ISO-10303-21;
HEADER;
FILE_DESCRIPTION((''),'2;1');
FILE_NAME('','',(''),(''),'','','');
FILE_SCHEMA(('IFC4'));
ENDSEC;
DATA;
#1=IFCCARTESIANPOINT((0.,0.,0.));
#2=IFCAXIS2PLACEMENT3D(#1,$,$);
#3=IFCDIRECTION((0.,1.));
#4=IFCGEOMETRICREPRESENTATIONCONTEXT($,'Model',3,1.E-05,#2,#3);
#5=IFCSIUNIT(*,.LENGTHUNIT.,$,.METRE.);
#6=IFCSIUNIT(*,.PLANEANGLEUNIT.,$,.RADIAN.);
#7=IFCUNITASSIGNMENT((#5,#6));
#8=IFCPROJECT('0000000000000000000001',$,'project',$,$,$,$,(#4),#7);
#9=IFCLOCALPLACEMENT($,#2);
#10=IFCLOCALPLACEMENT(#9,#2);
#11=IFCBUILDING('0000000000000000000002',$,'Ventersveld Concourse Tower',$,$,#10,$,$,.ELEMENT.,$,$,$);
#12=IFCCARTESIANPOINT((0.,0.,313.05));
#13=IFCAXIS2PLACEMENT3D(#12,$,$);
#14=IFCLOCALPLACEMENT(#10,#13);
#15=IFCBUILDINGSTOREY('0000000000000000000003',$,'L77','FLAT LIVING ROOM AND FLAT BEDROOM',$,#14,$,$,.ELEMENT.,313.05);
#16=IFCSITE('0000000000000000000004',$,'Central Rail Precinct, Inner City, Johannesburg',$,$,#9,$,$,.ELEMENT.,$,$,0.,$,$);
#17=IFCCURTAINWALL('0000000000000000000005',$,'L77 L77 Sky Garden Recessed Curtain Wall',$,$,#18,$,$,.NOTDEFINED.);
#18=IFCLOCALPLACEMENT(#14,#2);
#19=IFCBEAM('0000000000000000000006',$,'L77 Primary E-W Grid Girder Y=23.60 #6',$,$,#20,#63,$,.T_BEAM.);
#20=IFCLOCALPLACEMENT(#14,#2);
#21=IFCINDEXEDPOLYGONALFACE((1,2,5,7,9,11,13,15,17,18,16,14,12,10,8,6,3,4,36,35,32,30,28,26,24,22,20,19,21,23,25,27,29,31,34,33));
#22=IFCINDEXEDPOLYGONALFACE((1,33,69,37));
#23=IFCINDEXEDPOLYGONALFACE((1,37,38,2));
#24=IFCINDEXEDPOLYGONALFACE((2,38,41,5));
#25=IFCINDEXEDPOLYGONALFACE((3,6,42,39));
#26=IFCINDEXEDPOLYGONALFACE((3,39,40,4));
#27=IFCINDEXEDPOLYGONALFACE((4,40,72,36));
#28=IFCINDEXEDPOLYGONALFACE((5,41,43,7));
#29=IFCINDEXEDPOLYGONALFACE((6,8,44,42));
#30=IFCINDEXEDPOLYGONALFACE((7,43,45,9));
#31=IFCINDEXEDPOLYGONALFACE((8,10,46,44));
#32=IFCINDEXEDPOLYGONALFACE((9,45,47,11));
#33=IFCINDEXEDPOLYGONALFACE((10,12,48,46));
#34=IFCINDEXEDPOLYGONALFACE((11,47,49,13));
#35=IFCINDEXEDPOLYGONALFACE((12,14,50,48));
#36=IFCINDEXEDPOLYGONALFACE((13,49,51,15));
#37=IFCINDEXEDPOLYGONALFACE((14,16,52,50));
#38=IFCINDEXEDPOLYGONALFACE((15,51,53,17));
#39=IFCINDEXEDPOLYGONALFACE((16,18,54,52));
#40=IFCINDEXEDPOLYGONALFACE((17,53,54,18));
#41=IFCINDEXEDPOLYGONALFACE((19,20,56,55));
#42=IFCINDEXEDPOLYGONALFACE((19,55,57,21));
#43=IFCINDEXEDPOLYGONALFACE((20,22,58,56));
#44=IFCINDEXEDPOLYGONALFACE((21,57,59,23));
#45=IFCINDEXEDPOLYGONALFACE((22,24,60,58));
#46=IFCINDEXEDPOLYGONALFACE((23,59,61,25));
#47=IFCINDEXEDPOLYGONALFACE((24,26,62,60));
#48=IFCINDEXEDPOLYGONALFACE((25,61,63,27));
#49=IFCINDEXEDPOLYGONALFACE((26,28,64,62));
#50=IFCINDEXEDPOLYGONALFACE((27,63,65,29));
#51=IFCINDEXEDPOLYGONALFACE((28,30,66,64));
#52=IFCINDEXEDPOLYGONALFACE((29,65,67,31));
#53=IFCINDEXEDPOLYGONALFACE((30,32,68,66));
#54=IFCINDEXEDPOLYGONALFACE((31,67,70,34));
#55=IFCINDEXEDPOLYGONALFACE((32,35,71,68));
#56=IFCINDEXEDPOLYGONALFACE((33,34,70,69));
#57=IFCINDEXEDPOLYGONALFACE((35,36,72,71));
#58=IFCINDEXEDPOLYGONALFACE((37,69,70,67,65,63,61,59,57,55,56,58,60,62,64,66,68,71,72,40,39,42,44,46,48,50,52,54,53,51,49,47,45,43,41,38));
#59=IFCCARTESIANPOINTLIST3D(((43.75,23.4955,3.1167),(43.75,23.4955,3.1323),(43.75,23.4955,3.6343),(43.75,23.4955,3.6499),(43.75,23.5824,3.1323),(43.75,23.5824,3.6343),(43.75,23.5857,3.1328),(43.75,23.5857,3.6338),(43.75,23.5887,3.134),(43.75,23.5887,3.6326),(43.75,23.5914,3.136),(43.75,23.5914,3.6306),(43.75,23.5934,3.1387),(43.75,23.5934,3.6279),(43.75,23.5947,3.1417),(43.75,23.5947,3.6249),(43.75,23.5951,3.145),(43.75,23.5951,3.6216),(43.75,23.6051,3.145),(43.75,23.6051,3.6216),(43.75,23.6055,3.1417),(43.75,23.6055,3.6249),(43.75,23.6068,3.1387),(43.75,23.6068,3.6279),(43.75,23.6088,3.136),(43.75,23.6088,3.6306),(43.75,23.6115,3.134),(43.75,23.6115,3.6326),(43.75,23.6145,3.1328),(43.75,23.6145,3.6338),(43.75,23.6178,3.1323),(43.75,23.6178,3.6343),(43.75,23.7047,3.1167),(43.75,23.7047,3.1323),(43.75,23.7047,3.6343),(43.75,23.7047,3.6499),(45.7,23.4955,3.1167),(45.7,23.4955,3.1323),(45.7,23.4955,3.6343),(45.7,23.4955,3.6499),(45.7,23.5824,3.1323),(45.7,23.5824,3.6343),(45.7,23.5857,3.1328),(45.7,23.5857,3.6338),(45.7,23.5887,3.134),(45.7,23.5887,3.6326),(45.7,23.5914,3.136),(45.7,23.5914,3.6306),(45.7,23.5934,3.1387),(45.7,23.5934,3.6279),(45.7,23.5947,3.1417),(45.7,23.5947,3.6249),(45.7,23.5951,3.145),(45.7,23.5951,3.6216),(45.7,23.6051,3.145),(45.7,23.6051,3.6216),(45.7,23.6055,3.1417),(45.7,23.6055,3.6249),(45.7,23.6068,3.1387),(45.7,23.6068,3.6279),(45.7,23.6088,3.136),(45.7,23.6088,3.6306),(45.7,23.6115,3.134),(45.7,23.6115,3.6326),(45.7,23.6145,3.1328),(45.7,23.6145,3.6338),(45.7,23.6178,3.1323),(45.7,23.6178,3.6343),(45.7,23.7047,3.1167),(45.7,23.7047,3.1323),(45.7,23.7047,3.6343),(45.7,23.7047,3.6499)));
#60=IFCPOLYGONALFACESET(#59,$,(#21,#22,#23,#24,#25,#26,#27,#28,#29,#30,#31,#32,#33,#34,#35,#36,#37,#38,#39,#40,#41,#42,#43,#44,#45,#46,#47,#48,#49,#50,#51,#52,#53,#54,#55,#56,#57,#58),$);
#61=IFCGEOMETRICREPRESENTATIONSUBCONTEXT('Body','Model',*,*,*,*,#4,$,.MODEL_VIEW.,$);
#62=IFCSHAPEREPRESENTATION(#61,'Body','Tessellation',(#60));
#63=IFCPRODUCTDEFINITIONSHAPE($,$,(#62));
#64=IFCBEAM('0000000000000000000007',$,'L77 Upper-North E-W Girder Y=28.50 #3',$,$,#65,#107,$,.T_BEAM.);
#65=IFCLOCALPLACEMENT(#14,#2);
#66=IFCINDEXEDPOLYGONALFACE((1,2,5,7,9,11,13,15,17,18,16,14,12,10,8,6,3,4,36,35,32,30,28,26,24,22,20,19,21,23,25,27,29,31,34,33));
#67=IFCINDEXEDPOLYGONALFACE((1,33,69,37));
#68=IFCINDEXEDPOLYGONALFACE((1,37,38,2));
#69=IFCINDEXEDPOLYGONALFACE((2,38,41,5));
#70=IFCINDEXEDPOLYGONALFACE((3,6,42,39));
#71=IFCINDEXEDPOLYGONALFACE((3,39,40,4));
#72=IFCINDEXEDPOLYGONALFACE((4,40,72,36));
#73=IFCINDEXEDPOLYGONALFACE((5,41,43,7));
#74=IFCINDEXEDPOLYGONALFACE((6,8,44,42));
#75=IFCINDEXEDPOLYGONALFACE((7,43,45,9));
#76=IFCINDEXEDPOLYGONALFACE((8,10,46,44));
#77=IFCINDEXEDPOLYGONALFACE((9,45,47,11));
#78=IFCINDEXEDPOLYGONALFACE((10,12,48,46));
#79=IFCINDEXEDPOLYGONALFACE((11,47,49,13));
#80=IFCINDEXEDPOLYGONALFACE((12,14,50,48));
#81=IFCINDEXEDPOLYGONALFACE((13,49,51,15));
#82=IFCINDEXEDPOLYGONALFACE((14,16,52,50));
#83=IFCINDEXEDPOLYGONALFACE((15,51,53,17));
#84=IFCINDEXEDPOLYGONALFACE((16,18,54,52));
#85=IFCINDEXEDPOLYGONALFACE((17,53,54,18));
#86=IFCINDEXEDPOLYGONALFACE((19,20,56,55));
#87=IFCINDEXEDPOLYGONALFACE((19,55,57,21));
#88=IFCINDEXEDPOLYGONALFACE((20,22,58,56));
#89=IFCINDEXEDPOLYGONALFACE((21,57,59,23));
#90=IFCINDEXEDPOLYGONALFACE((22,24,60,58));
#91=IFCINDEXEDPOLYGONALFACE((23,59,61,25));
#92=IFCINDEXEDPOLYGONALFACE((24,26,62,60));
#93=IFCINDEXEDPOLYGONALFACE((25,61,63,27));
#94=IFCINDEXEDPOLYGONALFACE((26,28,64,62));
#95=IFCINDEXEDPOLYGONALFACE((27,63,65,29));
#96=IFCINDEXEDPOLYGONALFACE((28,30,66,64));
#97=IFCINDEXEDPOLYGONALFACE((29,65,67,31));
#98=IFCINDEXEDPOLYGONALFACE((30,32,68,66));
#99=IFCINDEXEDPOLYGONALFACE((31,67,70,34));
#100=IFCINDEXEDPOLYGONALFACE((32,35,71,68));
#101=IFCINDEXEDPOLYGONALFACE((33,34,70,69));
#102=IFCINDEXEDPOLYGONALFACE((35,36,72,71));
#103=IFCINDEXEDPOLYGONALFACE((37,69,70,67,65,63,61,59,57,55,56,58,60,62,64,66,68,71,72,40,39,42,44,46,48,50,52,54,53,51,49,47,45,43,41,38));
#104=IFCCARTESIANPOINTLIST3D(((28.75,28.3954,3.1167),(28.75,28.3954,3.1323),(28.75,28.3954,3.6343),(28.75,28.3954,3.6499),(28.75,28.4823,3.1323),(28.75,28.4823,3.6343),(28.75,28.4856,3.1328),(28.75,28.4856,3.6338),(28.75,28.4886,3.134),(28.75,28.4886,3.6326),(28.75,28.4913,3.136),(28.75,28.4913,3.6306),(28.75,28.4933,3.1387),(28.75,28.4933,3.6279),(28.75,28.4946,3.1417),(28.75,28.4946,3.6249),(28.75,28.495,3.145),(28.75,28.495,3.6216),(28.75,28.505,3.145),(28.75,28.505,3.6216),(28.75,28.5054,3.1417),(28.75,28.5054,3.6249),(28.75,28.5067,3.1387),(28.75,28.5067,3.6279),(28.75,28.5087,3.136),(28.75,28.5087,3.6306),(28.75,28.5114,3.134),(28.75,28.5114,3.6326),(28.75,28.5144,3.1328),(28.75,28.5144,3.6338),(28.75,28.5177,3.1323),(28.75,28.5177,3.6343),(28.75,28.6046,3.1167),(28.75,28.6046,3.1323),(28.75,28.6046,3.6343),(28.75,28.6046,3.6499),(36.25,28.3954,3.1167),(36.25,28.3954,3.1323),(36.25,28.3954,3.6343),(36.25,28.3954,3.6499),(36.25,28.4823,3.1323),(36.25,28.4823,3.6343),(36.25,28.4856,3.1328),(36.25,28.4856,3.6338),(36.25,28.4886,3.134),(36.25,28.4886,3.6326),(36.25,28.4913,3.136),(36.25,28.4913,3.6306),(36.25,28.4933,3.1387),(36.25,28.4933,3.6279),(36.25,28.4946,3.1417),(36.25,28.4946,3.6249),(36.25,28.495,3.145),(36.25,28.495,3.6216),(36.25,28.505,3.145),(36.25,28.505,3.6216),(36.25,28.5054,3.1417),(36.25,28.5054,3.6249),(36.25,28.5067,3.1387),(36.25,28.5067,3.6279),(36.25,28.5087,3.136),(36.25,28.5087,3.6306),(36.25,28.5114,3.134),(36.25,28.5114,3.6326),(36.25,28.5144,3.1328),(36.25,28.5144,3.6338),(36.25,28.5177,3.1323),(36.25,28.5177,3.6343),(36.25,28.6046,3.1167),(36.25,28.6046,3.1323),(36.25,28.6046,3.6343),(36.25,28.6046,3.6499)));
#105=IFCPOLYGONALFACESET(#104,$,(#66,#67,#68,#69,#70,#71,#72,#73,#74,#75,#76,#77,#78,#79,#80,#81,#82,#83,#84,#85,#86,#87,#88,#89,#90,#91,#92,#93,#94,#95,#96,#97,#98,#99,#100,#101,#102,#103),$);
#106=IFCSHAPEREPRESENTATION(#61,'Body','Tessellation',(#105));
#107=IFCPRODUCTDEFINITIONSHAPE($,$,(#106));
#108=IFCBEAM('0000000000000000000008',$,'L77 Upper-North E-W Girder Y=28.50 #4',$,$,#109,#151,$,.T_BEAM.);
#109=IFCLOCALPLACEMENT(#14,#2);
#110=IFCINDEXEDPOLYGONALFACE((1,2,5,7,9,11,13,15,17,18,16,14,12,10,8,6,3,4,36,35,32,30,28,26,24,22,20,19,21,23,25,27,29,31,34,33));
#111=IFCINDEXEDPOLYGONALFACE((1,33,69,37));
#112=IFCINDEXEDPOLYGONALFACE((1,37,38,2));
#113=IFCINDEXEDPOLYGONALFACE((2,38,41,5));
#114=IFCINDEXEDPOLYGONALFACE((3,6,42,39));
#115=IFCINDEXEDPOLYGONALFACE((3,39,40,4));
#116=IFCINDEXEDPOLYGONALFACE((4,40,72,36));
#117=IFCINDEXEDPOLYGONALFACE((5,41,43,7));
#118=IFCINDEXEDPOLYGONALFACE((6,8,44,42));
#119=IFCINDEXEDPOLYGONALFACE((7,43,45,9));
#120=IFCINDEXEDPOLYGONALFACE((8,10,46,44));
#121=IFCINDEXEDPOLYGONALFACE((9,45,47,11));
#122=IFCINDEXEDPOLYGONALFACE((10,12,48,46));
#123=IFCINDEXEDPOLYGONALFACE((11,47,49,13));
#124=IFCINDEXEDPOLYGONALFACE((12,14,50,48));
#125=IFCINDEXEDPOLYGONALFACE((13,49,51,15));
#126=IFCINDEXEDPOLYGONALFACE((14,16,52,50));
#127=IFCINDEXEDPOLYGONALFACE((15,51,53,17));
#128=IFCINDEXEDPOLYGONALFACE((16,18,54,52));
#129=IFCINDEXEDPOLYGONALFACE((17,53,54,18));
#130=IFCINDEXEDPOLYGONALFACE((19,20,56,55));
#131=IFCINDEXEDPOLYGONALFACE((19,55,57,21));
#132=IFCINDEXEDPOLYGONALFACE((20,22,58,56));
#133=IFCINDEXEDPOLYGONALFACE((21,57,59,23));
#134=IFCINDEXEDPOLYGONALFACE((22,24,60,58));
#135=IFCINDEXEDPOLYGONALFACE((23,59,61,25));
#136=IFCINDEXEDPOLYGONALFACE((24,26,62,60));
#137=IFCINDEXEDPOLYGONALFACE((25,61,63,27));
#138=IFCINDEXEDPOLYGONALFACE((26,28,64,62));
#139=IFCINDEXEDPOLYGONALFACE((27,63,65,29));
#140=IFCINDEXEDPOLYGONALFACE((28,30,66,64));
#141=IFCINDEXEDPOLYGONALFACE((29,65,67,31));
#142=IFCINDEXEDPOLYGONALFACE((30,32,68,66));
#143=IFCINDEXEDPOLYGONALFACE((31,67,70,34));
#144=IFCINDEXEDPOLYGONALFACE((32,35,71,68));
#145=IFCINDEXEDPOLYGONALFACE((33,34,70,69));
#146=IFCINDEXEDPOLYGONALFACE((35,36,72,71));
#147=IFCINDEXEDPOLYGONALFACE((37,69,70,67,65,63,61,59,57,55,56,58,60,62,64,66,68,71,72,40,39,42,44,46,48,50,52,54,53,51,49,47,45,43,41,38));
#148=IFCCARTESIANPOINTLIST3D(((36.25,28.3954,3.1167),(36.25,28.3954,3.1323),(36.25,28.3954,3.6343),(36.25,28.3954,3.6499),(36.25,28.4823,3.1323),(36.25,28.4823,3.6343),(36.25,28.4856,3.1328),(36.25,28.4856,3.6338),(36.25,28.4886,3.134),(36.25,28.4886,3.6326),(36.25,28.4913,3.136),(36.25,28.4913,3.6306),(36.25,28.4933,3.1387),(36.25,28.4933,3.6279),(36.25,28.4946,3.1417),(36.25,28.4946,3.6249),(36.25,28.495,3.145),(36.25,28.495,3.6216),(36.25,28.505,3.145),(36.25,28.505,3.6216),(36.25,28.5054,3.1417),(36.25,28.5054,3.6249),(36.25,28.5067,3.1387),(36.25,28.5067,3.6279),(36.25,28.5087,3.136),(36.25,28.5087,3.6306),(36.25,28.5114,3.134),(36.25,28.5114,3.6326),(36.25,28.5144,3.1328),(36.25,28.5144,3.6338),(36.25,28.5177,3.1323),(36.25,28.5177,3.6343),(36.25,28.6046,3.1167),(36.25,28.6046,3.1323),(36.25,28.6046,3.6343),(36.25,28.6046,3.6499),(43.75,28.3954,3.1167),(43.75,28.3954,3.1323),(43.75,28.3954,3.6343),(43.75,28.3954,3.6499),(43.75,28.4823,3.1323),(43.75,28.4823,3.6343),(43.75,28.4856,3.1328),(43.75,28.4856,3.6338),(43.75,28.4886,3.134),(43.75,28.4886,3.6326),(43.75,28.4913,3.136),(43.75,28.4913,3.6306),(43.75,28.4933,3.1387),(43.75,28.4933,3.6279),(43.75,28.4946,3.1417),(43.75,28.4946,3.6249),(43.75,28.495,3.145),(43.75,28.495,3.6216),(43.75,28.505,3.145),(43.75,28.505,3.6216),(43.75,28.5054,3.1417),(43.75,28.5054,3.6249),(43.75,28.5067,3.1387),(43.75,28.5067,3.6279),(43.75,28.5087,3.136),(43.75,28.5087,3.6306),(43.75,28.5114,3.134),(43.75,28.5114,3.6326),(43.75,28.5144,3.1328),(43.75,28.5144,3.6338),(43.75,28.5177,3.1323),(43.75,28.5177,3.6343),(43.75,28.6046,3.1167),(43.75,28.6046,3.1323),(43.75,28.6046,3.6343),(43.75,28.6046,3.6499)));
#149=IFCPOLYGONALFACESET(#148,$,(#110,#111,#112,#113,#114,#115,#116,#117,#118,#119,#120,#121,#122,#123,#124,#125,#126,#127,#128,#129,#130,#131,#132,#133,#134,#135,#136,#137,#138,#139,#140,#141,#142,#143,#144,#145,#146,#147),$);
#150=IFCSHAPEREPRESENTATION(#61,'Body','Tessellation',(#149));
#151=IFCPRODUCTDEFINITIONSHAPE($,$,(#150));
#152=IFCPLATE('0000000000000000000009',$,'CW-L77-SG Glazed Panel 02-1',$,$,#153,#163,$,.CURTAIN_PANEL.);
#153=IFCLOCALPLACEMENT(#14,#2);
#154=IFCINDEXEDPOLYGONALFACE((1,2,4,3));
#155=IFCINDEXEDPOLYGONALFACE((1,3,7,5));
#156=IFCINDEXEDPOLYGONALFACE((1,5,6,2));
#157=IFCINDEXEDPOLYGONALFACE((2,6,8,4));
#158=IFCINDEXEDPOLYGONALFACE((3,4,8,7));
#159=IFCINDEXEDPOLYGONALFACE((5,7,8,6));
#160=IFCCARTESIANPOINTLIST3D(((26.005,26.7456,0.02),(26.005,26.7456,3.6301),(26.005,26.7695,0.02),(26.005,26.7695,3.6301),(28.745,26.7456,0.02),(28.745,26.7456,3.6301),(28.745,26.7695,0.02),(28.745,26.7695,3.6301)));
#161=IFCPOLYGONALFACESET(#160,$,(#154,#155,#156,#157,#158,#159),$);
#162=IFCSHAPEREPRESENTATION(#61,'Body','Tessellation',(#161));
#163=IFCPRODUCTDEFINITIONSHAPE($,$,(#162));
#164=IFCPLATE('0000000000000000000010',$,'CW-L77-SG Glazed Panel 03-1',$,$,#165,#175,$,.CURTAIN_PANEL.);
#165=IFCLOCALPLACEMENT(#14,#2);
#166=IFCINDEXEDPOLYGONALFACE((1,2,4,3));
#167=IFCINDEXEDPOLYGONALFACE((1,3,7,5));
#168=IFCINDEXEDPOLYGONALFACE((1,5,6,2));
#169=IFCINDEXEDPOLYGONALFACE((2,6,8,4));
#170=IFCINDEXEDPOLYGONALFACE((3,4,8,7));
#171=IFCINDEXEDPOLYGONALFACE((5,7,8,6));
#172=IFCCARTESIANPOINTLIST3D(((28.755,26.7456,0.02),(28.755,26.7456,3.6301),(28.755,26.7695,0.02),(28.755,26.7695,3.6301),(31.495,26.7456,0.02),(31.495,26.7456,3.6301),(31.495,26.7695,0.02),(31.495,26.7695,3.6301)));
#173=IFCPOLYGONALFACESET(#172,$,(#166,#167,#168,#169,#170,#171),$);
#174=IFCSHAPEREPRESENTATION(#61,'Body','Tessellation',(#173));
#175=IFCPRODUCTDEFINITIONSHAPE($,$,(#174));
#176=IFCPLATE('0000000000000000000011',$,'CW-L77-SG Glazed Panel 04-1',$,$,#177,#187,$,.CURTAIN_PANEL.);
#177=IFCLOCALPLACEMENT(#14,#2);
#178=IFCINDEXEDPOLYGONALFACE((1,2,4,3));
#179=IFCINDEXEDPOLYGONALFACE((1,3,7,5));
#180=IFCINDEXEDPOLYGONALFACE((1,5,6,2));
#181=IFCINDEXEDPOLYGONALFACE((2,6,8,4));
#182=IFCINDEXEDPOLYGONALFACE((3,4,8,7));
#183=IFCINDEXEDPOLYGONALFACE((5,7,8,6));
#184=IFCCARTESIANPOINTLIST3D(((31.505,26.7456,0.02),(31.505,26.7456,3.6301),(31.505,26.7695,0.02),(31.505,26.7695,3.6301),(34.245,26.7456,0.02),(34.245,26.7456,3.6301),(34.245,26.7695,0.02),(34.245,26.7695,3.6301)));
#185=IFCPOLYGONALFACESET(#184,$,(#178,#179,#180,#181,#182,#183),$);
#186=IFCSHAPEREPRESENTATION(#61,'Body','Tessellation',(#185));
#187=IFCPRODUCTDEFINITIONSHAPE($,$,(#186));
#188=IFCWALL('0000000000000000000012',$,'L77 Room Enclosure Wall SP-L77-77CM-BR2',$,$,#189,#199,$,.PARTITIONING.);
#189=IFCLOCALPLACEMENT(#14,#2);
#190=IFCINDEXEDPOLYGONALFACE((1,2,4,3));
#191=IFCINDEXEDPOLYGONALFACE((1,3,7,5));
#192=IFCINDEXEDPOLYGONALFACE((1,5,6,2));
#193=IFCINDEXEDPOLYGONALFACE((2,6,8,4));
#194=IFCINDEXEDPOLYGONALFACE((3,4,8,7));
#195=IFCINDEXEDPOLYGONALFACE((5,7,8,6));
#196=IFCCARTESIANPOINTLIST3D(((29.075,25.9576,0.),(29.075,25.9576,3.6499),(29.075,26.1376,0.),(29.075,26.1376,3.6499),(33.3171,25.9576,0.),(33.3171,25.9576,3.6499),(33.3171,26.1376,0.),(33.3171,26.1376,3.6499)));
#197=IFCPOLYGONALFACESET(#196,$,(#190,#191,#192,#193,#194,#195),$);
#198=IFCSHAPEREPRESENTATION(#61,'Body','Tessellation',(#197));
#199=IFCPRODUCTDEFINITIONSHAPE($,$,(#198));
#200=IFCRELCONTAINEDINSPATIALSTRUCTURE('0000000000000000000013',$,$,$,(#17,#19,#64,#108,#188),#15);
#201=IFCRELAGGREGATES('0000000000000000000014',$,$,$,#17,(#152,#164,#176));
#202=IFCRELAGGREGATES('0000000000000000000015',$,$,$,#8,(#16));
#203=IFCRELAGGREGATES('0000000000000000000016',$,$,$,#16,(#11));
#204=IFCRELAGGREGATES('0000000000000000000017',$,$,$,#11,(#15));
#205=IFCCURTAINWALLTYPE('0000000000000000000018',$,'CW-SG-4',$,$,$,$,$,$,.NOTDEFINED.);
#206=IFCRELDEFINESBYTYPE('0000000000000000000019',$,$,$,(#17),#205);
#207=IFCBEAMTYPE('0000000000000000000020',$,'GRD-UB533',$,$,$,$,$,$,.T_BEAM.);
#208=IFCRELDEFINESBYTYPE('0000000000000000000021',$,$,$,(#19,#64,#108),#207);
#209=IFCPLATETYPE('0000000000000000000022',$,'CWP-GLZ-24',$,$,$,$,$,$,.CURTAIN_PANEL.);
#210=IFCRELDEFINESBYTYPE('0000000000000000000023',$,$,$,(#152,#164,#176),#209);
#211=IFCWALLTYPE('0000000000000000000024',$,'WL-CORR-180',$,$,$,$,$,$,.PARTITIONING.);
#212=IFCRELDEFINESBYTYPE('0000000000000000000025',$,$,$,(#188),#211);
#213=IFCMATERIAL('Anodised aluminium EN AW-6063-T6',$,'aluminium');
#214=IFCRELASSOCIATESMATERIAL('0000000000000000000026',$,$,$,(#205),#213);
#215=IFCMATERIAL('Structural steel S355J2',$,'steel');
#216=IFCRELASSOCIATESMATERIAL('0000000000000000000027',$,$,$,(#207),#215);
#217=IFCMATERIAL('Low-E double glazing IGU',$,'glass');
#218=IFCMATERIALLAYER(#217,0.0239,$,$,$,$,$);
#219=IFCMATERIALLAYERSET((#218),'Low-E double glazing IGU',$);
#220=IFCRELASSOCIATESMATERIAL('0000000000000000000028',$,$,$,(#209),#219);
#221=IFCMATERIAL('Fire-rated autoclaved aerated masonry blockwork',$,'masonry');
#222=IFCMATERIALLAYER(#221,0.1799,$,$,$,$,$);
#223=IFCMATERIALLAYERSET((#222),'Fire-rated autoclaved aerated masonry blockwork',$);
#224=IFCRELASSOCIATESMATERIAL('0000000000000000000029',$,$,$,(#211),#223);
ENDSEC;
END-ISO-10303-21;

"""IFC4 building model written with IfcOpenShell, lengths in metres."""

from ifc_helpers import new_model, si_unit, direction, frame, frame_2d, origin, origin_2d, place, context, subcontext, project, spatial, rectangle, i_section, extrude, material, layer, layer_set, material_profile, profile_set, type_object, element, aggregate, save


model = new_model("IFC4")

# Units and contexts
model_context = context("Model", 3, precision=1e-05, world=origin(), true_north=direction((0.0, 1.0)))
body_context = subcontext(model_context, "Body", "Model", "MODEL_VIEW")
ifc_project = project(units=[si_unit("LENGTHUNIT", "METRE"), si_unit("PLANEANGLEUNIT", "RADIAN")], contexts=[model_context])

# Site, building, storey
site_placement = place(None, origin())
site = spatial("IfcSite", under=ifc_project, at=site_placement, Name="Central Rail Precinct, Inner City, Johannesburg", CompositionType="ELEMENT", RefElevation=0.0)
building_placement = place(site_placement, origin())
building = spatial("IfcBuilding", under=site, at=building_placement, Name="Ventersveld Concourse Tower", CompositionType="ELEMENT")
storey_placement = place(building_placement, frame((0.0, 0.0, 313.05)))
storey = spatial("IfcBuildingStorey", under=building, at=storey_placement, Name="L77", Description="FLAT LIVING ROOM AND FLAT BEDROOM", CompositionType="ELEMENT", Elevation=313.05)

# Shared definitions
ifc_material_1 = material(Name="Structural steel S355J2", Category="steel")

# Curtain wall
ifc_material_2 = material(Name="Anodised aluminium EN AW-6063-T6", Category="aluminium")
curtain_wall_type = type_object("IfcCurtainWallType", Name="CW-SG-4", PredefinedType="NOTDEFINED", material=ifc_material_2)
curtain_wall_placement = place(storey_placement, origin())
curtain_wall = element("IfcCurtainWall", 1, at=curtain_wall_placement, inside=storey, type_object=curtain_wall_type, Name="L77 L77 Sky Garden Recessed Curtain Wall", PredefinedType="NOTDEFINED")

# Beams
ifc_material_profile_1 = material_profile(ifc_material_1, i_section(OverallWidth=0.2092, OverallDepth=0.5332, WebThickness=0.01, FlangeThickness=0.0156, FilletRadius=0.0127, at=origin_2d()), Name="UB 533x210x92")
ifc_profile_set_1 = profile_set([ifc_material_profile_1], Name="Structural steel S355J2")
beam_type_1 = type_object("IfcBeamType", Name="GRD-UB533", PredefinedType="T_BEAM", material=ifc_profile_set_1)
beam_1_placement = place(storey_placement, frame((43.75, 23.6001, 3.3833), z_axis=(1.0, 0.0, 0.0), x_axis=(0.0, 1.0, 0.0)))
element("IfcBeam", 2, at=beam_1_placement, inside=storey, type_object=beam_type_1, Name="L77 Primary E-W Grid Girder Y=23.60 #6", PredefinedType="T_BEAM", context=body_context, shape_type="SweptSolid", body=[
    extrude(i_section(OverallWidth=0.2092, OverallDepth=0.5332, WebThickness=0.01, FlangeThickness=0.0156, FilletRadius=0.0127, at=origin_2d()), origin(), (0.0, 0.0, 1.0), 1.95),
])
for number, where, z_axis, x_axis, name in (
    (3, (28.75, 28.5, 3.3833), (1.0, 0.0, 0.0), (0.0, 1.0, 0.0), "L77 Upper-North E-W Girder Y=28.50 #3"),
    (4, (36.25, 28.5, 3.3833), (1.0, 0.0, 0.0), (0.0, 1.0, 0.0), "L77 Upper-North E-W Girder Y=28.50 #4"),
):
    element("IfcBeam", number, at=place(storey_placement, frame(where, z_axis=z_axis, x_axis=x_axis)), inside=storey, type_object=beam_type_1, Name=name, PredefinedType="T_BEAM", context=body_context, shape_type="SweptSolid", body=[
        extrude(i_section(OverallWidth=0.2092, OverallDepth=0.5332, WebThickness=0.01, FlangeThickness=0.0156, FilletRadius=0.0127, at=origin_2d()), origin(), (0.0, 0.0, 1.0), 7.5),
    ])

# Plates
ifc_material_3 = material(Name="Low-E double glazing IGU", Category="glass")
ifc_layer_1 = layer(ifc_material_3, 0.0239)
ifc_layer_set_1 = layer_set([ifc_layer_1], Name="Low-E double glazing IGU")
plate_type = type_object("IfcPlateType", Name="CWP-GLZ-24", PredefinedType="CURTAIN_PANEL", material=ifc_layer_set_1)
plate_1_placement = place(storey_placement, frame((27.375, 26.7576, 0.02), z_axis=(0.0, 0.0, 1.0), x_axis=(1.0, 0.0, 0.0)))
plate_1 = element("IfcPlate", 5, at=plate_1_placement, type_object=plate_type, Name="CW-L77-SG Glazed Panel 02-1", PredefinedType="CURTAIN_PANEL", context=body_context, shape_type="SweptSolid", body=[
    extrude(rectangle(XDim=2.74, YDim=0.0239, at=origin_2d()), origin(), (0.0, 0.0, 1.0), 3.6101),
])
plate_2_placement = place(storey_placement, frame((30.125, 26.7576, 0.02), z_axis=(0.0, 0.0, 1.0), x_axis=(1.0, 0.0, 0.0)))
plate_2 = element("IfcPlate", 6, at=plate_2_placement, type_object=plate_type, Name="CW-L77-SG Glazed Panel 03-1", PredefinedType="CURTAIN_PANEL", context=body_context, shape_type="SweptSolid", body=[
    extrude(rectangle(XDim=2.74, YDim=0.0239, at=origin_2d()), origin(), (0.0, 0.0, 1.0), 3.6101),
])
plate_3_placement = place(storey_placement, frame((32.875, 26.7576, 0.02), z_axis=(0.0, 0.0, 1.0), x_axis=(1.0, 0.0, 0.0)))
plate_3 = element("IfcPlate", 7, at=plate_3_placement, type_object=plate_type, Name="CW-L77-SG Glazed Panel 04-1", PredefinedType="CURTAIN_PANEL", context=body_context, shape_type="SweptSolid", body=[
    extrude(rectangle(XDim=2.74, YDim=0.0239, at=origin_2d()), origin(), (0.0, 0.0, 1.0), 3.6101),
])
aggregate(curtain_wall, [plate_1, plate_2, plate_3])

# Wall
ifc_material_4 = material(Name="Fire-rated autoclaved aerated masonry blockwork", Category="masonry")
ifc_layer_2 = layer(ifc_material_4, 0.1799)
ifc_layer_set_2 = layer_set([ifc_layer_2], Name="Fire-rated autoclaved aerated masonry blockwork")
wall_type_1 = type_object("IfcWallType", Name="WL-CORR-180", PredefinedType="PARTITIONING", material=ifc_layer_set_2)
wall_1_placement = place(storey_placement, frame((29.075, 26.0476, 0.0), z_axis=(0.0, 0.0, 1.0), x_axis=(1.0, 0.0, 0.0)))
element("IfcWall", 8, at=wall_1_placement, inside=storey, type_object=wall_type_1, Name="L77 Room Enclosure Wall SP-L77-77CM-BR2", PredefinedType="PARTITIONING", context=body_context, shape_type="SweptSolid", body=[
    extrude(rectangle(XDim=4.2422, YDim=0.1799, at=frame_2d((2.1211, 0.0))), origin(), (0.0, 0.0, 1.0), 3.6499),
])

save(model, "model.ifc")
